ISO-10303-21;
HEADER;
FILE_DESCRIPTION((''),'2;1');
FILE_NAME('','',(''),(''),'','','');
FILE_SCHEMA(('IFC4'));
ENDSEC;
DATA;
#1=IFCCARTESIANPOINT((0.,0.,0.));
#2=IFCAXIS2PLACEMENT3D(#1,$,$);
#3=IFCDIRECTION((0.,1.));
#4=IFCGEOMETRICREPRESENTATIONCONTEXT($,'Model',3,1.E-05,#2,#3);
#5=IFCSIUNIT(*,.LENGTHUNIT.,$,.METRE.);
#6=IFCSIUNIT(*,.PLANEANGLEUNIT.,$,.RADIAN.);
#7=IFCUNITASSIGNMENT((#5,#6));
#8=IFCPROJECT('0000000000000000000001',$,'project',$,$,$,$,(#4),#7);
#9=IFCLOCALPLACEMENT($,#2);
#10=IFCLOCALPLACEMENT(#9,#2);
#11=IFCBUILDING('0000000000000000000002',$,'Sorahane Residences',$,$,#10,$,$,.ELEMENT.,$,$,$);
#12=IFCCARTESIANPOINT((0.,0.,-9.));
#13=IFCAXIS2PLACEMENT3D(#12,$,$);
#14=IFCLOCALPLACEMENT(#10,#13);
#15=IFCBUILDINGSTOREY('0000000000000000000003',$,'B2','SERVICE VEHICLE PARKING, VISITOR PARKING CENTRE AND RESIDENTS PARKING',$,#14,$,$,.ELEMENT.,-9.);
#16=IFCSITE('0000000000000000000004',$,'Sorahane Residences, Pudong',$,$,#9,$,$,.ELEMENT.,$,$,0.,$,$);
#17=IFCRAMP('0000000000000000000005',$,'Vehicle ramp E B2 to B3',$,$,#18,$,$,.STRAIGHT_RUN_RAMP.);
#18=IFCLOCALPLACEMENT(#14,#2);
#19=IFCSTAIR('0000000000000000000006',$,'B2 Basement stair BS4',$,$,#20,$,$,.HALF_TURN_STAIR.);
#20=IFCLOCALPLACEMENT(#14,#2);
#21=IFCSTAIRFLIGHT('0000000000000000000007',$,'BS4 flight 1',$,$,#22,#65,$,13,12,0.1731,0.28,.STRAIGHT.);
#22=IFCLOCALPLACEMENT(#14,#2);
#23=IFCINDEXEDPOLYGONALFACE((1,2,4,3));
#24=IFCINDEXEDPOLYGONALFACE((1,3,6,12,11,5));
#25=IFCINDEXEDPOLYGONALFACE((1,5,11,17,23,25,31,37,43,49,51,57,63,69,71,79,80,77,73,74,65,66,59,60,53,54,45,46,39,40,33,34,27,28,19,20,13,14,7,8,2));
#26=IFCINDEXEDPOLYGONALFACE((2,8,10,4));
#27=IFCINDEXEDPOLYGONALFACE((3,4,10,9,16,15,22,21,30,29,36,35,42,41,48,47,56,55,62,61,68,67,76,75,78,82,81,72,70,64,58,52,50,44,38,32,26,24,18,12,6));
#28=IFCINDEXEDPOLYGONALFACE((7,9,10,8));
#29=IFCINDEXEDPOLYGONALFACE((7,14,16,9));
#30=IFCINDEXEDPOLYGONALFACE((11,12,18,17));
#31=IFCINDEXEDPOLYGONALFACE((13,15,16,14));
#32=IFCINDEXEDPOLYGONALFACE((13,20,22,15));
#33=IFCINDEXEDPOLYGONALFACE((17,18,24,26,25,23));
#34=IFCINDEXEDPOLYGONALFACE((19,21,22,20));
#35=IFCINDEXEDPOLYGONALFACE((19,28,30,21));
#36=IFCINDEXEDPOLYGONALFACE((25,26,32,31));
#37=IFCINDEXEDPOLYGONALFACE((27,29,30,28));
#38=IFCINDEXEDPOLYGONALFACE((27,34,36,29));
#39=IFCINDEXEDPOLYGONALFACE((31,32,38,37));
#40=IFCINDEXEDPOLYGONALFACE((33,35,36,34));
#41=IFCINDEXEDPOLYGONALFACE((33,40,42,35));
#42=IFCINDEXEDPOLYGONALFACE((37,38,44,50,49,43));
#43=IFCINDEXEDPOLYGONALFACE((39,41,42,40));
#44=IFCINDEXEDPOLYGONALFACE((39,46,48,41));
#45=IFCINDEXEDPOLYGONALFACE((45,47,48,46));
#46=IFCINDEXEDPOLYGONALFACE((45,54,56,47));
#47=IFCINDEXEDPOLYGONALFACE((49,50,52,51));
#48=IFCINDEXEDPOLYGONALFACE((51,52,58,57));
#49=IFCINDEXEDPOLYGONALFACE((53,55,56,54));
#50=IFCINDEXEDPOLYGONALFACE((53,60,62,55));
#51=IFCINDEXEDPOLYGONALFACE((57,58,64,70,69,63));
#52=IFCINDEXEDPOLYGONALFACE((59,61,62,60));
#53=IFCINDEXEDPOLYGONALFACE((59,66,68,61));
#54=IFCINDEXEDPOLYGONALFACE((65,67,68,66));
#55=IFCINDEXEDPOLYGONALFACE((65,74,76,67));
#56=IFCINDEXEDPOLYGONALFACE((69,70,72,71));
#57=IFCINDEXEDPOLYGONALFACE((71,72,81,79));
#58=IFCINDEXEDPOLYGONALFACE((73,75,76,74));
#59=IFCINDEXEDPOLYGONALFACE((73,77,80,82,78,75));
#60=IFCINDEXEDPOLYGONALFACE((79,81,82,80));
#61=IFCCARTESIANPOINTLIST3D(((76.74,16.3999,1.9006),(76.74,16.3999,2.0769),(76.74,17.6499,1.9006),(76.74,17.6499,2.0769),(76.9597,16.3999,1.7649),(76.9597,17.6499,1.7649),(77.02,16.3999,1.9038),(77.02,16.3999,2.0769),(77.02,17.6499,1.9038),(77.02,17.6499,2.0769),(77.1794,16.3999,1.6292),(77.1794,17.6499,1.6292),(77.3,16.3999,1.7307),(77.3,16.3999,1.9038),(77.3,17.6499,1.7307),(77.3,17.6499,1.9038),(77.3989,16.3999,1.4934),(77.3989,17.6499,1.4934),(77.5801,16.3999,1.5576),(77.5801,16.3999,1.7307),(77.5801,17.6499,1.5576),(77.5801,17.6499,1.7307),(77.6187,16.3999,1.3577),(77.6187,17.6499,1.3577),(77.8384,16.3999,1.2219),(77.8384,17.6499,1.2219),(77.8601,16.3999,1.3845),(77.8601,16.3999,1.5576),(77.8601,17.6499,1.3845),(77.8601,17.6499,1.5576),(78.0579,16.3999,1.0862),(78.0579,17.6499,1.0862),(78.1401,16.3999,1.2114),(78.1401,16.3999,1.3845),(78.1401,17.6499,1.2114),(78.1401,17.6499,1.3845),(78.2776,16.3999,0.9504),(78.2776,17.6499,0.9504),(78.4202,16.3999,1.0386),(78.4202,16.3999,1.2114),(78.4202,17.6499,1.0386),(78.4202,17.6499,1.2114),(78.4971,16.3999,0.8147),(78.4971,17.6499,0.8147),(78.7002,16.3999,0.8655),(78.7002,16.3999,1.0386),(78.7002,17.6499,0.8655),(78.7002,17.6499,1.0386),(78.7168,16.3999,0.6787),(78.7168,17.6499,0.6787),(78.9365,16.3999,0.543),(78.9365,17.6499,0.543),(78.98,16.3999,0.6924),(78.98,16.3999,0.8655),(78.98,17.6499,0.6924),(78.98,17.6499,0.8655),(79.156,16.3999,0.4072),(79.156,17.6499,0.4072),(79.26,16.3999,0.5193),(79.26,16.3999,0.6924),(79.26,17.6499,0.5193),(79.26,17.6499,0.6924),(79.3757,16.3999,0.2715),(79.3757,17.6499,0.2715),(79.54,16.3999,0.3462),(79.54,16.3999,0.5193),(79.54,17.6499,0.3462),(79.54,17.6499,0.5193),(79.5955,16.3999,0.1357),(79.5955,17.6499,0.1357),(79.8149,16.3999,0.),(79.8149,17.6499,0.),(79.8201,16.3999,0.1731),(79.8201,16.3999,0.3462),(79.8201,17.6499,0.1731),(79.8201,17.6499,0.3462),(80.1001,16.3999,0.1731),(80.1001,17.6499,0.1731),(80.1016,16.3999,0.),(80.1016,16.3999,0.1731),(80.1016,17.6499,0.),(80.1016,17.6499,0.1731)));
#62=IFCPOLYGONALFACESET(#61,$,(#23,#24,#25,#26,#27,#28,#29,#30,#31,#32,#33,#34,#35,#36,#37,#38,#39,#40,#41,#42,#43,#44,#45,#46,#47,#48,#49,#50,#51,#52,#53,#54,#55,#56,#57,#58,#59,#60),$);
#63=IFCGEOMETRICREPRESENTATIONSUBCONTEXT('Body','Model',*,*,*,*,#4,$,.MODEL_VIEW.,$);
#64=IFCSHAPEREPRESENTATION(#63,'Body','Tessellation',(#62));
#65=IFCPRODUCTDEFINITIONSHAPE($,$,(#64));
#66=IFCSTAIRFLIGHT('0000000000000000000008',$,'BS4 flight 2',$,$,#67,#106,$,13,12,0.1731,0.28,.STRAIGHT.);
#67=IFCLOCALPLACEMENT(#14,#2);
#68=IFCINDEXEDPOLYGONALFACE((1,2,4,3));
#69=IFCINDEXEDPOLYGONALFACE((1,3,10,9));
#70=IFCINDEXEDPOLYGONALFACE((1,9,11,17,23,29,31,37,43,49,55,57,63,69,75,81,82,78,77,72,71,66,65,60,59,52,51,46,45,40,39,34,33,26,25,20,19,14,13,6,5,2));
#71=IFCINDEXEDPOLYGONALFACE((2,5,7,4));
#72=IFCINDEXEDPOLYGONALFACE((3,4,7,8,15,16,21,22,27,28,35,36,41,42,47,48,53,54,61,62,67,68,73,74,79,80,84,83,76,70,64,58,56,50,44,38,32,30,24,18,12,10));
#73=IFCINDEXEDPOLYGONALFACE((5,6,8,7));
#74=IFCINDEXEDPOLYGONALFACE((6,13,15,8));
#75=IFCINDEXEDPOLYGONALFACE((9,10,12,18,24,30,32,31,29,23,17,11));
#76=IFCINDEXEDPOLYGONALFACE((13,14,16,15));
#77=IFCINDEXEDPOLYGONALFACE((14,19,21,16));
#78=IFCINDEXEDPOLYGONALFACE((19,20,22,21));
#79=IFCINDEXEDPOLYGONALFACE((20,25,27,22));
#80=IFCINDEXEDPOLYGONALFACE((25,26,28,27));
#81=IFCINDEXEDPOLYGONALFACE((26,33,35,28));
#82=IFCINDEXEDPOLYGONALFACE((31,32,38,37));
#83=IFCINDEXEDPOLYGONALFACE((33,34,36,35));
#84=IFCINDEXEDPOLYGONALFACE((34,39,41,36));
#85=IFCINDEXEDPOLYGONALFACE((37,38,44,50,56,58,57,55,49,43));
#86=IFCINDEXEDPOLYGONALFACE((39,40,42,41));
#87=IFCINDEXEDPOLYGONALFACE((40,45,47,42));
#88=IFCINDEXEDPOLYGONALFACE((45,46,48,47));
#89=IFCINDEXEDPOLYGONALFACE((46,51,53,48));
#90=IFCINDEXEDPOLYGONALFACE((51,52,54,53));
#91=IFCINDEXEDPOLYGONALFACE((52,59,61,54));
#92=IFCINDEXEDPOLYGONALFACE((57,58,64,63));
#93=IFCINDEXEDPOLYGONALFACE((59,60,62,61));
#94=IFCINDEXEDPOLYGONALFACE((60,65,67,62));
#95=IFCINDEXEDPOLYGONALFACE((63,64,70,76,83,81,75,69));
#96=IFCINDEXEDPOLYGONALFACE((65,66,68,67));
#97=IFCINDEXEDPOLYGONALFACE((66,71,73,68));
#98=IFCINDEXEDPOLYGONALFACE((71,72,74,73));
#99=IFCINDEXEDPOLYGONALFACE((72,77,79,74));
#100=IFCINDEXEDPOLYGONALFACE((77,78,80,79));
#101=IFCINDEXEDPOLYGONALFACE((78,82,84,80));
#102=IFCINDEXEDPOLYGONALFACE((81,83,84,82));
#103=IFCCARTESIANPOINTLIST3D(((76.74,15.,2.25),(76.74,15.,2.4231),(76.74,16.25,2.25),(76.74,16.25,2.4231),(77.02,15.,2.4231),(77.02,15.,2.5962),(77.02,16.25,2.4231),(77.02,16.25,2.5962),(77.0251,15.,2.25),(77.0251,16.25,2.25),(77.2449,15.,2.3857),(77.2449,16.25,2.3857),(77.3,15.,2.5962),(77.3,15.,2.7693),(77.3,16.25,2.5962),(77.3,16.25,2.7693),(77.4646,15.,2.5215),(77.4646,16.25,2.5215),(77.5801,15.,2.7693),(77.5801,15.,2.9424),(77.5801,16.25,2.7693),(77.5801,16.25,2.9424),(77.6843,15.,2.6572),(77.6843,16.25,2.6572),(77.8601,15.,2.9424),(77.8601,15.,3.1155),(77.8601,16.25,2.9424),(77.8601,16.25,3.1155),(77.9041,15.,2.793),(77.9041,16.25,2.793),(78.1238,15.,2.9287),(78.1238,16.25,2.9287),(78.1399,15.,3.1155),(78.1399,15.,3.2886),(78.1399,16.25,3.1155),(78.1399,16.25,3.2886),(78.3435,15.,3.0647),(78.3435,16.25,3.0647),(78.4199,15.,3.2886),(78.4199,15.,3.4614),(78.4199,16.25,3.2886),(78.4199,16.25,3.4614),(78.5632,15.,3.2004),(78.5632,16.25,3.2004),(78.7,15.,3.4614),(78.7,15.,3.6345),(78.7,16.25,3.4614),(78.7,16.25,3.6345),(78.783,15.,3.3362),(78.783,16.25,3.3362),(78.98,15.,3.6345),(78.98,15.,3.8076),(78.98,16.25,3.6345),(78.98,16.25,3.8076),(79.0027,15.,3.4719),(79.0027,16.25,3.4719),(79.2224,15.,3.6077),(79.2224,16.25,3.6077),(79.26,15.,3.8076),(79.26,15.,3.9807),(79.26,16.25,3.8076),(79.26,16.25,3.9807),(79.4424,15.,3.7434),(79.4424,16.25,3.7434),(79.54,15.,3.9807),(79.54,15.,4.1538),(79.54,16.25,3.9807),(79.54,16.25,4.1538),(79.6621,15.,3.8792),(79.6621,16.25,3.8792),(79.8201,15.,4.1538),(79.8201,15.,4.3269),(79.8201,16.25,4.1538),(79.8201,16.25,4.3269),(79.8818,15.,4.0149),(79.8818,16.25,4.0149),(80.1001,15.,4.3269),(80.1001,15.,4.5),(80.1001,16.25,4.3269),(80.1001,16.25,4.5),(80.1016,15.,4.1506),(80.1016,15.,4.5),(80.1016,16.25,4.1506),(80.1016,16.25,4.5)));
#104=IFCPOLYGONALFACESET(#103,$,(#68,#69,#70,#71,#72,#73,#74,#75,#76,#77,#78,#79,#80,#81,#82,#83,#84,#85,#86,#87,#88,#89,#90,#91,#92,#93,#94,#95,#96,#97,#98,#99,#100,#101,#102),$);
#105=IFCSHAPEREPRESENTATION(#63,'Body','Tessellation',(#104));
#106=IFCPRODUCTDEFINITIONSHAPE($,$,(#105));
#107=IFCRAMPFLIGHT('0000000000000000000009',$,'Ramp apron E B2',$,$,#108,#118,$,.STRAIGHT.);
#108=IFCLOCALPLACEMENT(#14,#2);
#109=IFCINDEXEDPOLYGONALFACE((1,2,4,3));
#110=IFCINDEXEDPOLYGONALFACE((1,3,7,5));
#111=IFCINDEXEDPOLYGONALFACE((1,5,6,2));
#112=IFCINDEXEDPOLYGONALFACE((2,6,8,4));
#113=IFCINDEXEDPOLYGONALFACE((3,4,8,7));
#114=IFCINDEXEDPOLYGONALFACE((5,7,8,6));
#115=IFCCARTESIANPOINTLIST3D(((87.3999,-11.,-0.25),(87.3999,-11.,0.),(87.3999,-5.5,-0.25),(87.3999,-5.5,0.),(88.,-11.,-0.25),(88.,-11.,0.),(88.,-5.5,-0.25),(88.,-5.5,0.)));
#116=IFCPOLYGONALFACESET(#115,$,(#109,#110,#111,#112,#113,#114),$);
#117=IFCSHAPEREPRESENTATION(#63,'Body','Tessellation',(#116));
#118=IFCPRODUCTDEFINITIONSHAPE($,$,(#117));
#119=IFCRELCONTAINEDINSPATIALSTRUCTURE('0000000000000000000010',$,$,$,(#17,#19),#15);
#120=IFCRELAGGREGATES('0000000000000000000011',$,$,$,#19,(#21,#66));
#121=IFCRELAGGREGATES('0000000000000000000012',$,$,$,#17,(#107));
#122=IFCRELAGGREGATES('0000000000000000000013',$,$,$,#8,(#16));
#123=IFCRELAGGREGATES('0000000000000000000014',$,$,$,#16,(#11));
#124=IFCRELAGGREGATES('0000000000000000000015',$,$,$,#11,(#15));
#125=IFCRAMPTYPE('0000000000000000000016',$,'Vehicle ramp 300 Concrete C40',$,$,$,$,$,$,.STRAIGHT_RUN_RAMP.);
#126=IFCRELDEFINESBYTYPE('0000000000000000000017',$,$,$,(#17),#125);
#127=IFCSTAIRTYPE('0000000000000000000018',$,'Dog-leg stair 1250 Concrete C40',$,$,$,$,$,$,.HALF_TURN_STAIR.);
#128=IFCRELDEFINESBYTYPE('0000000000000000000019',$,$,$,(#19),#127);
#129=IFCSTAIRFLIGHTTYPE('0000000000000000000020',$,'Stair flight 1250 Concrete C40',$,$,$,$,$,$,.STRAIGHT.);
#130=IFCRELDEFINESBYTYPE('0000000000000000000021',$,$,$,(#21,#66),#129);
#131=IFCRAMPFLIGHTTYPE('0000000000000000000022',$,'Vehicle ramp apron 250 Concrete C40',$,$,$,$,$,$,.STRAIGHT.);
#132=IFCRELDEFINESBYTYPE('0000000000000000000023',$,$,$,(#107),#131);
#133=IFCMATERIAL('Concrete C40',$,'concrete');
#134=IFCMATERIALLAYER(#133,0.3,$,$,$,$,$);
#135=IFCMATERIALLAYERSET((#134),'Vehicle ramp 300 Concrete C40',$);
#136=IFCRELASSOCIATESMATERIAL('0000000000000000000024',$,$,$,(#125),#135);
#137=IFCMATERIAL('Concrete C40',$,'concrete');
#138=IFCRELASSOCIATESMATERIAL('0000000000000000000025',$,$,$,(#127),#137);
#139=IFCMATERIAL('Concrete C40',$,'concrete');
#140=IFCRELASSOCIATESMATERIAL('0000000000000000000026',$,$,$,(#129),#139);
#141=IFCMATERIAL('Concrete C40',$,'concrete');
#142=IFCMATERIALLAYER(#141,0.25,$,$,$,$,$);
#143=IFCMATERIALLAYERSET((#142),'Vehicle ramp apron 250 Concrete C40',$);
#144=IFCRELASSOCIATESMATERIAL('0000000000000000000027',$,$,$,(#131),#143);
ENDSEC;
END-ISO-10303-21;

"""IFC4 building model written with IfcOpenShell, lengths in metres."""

from ifc_helpers import new_model, si_unit, direction, frame, origin, place, context, subcontext, project, spatial, polyline, outline, extrude, material, layer, layer_set, type_object, element, aggregate, save


model = new_model("IFC4")

# Units and contexts
model_context = context("Model", 3, precision=1e-05, world=origin(), true_north=direction((0.0, 1.0)))
body_context = subcontext(model_context, "Body", "Model", "MODEL_VIEW")
ifc_project = project(units=[si_unit("LENGTHUNIT", "METRE"), si_unit("PLANEANGLEUNIT", "RADIAN")], contexts=[model_context])

# Site, building, storey
site_placement = place(None, origin())
site = spatial("IfcSite", under=ifc_project, at=site_placement, Name="Sorahane Residences, Pudong", CompositionType="ELEMENT", RefElevation=0.0)
building_placement = place(site_placement, origin())
building = spatial("IfcBuilding", under=site, at=building_placement, Name="Sorahane Residences", CompositionType="ELEMENT")
storey_placement = place(building_placement, frame((0.0, 0.0, -9.0)))
storey = spatial("IfcBuildingStorey", under=building, at=storey_placement, Name="B2", Description="SERVICE VEHICLE PARKING, VISITOR PARKING CENTRE AND RESIDENTS PARKING", CompositionType="ELEMENT", Elevation=-9.0)

# Ramp
ifc_material_1 = material(Name="Concrete C40", Category="concrete")
ifc_layer_1 = layer(ifc_material_1, 0.3)
ifc_layer_set_1 = layer_set([ifc_layer_1], Name="Vehicle ramp 300 Concrete C40")
ramp_type = type_object("IfcRampType", Name="Vehicle ramp 300 Concrete C40", PredefinedType="STRAIGHT_RUN_RAMP", material=ifc_layer_set_1)
ramp_placement = place(storey_placement, origin())
ramp = element("IfcRamp", 1, at=ramp_placement, inside=storey, type_object=ramp_type, Name="Vehicle ramp E B2 to B3", PredefinedType="STRAIGHT_RUN_RAMP")

# Stair, stair flights
ifc_material_2 = material(Name="Concrete C40", Category="concrete")
stair_type = type_object("IfcStairType", Name="Dog-leg stair 1250 Concrete C40", PredefinedType="HALF_TURN_STAIR", material=ifc_material_2)
stair_placement = place(storey_placement, origin())
stair = element("IfcStair", 2, at=stair_placement, inside=storey, type_object=stair_type, Name="B2 Basement stair BS4", PredefinedType="HALF_TURN_STAIR")
ifc_material_3 = material(Name="Concrete C40", Category="concrete")
stair_flight_type = type_object("IfcStairFlightType", Name="Stair flight 1250 Concrete C40", PredefinedType="STRAIGHT", material=ifc_material_3)
stair_flight_1_placement = place(storey_placement, frame((80.1001, 17.0249, 0.0), z_axis=(0.0, 0.0, 1.0), x_axis=(-1.0, 0.0, 0.0)))
stair_flight_1 = element("IfcStairFlight", 3, at=stair_flight_1_placement, type_object=stair_flight_type, Name="BS4 flight 1", NumberOfRisers=13, NumberOfTreads=12, PredefinedType="STRAIGHT", RiserHeight=0.1731, TreadLength=0.28, context=body_context, shape_type="SweptSolid", body=[
    extrude(outline(polyline([(-0.0015, 0.0), (-0.0015, 0.1731), (0.0, 0.1731), (0.28, 0.1731), (0.28, 0.3462), (0.5601, 0.3462), (0.5601, 0.5193), (0.8401, 0.5193), (0.8401, 0.6924), (1.1201, 0.6924), (1.1201, 0.8655), (1.3999, 0.8655), (1.3999, 1.0386), (1.6799, 1.0386), (1.6799, 1.2114), (1.96, 1.2114), (1.96, 1.3845), (2.24, 1.3845), (2.24, 1.5576), (2.52, 1.5576), (2.52, 1.7307), (2.8, 1.7307), (2.8, 1.9038), (3.0801, 1.9038), (3.0801, 2.0769), (3.3601, 2.0769), (3.3601, 2.25), (3.3601, 1.9006), (3.1404, 1.7649), (2.9207, 1.6292), (2.7012, 1.4934), (2.4814, 1.3577), (2.2617, 1.2219), (2.0422, 1.0862), (1.8225, 0.9504), (1.603, 0.8147), (1.3833, 0.6787), (1.1636, 0.543), (0.9441, 0.4072), (0.7244, 0.2715), (0.5046, 0.1357), (0.2852, 0.0), (-0.0015, 0.0)])), frame((0.0, 0.625, 0.0), z_axis=(0.0, -1.0, 0.0), x_axis=(1.0, 0.0, 0.0)), (0.0, 0.0, 1.0), 1.25),
])
stair_flight_2_placement = place(storey_placement, frame((76.74, 15.625, 2.25), z_axis=(0.0, 0.0, 1.0), x_axis=(1.0, 0.0, 0.0)))
stair_flight_2 = element("IfcStairFlight", 4, at=stair_flight_2_placement, type_object=stair_flight_type, Name="BS4 flight 2", NumberOfRisers=13, NumberOfTreads=12, PredefinedType="STRAIGHT", RiserHeight=0.1731, TreadLength=0.28, context=body_context, shape_type="SweptSolid", body=[
    extrude(outline(polyline([(0.0, 0.0), (0.0, 0.1731), (0.28, 0.1731), (0.28, 0.3462), (0.5601, 0.3462), (0.5601, 0.5193), (0.8401, 0.5193), (0.8401, 0.6924), (1.1201, 0.6924), (1.1201, 0.8655), (1.3999, 0.8655), (1.3999, 1.0386), (1.6799, 1.0386), (1.6799, 1.2114), (1.96, 1.2114), (1.96, 1.3845), (2.24, 1.3845), (2.24, 1.5576), (2.52, 1.5576), (2.52, 1.7307), (2.8, 1.7307), (2.8, 1.9038), (3.0801, 1.9038), (3.0801, 2.0769), (3.3601, 2.0769), (3.3601, 2.25), (3.3616, 2.25), (3.3616, 1.9006), (3.1418, 1.7649), (2.9221, 1.6292), (2.7024, 1.4934), (2.4824, 1.3577), (2.2627, 1.2219), (2.043, 1.0862), (1.8232, 0.9504), (1.6035, 0.8147), (1.3838, 0.6787), (1.1641, 0.543), (0.9443, 0.4072), (0.7246, 0.2715), (0.5049, 0.1357), (0.2852, 0.0), (0.0, 0.0)])), frame((0.0, 0.625, 0.0), z_axis=(0.0, -1.0, 0.0), x_axis=(1.0, 0.0, 0.0)), (0.0, 0.0, 1.0), 1.25),
])
aggregate(stair, [stair_flight_1, stair_flight_2])

# Ramp flight
ifc_material_4 = material(Name="Concrete C40", Category="concrete")
ifc_layer_2 = layer(ifc_material_4, 0.25)
ifc_layer_set_2 = layer_set([ifc_layer_2], Name="Vehicle ramp apron 250 Concrete C40")
ramp_flight_type = type_object("IfcRampFlightType", Name="Vehicle ramp apron 250 Concrete C40", PredefinedType="STRAIGHT", material=ifc_layer_set_2)
ramp_flight_placement = place(storey_placement, frame((88.0, -11.0, 0.0), z_axis=(0.0, 0.0, 1.0), x_axis=(-1.0, 0.0, 0.0)))
ramp_flight = element("IfcRampFlight", 5, at=ramp_flight_placement, type_object=ramp_flight_type, Name="Ramp apron E B2", PredefinedType="STRAIGHT", context=body_context, shape_type="SweptSolid", body=[
    extrude(outline(polyline([(0.0, 0.0), (0.6001, 0.0), (0.6001, -5.5), (0.0, -5.5), (0.0, 0.0)])), origin(), (0.0, 0.0, -1.0), 0.25),
])
aggregate(ramp, [ramp_flight])

save(model, "model.ifc")
